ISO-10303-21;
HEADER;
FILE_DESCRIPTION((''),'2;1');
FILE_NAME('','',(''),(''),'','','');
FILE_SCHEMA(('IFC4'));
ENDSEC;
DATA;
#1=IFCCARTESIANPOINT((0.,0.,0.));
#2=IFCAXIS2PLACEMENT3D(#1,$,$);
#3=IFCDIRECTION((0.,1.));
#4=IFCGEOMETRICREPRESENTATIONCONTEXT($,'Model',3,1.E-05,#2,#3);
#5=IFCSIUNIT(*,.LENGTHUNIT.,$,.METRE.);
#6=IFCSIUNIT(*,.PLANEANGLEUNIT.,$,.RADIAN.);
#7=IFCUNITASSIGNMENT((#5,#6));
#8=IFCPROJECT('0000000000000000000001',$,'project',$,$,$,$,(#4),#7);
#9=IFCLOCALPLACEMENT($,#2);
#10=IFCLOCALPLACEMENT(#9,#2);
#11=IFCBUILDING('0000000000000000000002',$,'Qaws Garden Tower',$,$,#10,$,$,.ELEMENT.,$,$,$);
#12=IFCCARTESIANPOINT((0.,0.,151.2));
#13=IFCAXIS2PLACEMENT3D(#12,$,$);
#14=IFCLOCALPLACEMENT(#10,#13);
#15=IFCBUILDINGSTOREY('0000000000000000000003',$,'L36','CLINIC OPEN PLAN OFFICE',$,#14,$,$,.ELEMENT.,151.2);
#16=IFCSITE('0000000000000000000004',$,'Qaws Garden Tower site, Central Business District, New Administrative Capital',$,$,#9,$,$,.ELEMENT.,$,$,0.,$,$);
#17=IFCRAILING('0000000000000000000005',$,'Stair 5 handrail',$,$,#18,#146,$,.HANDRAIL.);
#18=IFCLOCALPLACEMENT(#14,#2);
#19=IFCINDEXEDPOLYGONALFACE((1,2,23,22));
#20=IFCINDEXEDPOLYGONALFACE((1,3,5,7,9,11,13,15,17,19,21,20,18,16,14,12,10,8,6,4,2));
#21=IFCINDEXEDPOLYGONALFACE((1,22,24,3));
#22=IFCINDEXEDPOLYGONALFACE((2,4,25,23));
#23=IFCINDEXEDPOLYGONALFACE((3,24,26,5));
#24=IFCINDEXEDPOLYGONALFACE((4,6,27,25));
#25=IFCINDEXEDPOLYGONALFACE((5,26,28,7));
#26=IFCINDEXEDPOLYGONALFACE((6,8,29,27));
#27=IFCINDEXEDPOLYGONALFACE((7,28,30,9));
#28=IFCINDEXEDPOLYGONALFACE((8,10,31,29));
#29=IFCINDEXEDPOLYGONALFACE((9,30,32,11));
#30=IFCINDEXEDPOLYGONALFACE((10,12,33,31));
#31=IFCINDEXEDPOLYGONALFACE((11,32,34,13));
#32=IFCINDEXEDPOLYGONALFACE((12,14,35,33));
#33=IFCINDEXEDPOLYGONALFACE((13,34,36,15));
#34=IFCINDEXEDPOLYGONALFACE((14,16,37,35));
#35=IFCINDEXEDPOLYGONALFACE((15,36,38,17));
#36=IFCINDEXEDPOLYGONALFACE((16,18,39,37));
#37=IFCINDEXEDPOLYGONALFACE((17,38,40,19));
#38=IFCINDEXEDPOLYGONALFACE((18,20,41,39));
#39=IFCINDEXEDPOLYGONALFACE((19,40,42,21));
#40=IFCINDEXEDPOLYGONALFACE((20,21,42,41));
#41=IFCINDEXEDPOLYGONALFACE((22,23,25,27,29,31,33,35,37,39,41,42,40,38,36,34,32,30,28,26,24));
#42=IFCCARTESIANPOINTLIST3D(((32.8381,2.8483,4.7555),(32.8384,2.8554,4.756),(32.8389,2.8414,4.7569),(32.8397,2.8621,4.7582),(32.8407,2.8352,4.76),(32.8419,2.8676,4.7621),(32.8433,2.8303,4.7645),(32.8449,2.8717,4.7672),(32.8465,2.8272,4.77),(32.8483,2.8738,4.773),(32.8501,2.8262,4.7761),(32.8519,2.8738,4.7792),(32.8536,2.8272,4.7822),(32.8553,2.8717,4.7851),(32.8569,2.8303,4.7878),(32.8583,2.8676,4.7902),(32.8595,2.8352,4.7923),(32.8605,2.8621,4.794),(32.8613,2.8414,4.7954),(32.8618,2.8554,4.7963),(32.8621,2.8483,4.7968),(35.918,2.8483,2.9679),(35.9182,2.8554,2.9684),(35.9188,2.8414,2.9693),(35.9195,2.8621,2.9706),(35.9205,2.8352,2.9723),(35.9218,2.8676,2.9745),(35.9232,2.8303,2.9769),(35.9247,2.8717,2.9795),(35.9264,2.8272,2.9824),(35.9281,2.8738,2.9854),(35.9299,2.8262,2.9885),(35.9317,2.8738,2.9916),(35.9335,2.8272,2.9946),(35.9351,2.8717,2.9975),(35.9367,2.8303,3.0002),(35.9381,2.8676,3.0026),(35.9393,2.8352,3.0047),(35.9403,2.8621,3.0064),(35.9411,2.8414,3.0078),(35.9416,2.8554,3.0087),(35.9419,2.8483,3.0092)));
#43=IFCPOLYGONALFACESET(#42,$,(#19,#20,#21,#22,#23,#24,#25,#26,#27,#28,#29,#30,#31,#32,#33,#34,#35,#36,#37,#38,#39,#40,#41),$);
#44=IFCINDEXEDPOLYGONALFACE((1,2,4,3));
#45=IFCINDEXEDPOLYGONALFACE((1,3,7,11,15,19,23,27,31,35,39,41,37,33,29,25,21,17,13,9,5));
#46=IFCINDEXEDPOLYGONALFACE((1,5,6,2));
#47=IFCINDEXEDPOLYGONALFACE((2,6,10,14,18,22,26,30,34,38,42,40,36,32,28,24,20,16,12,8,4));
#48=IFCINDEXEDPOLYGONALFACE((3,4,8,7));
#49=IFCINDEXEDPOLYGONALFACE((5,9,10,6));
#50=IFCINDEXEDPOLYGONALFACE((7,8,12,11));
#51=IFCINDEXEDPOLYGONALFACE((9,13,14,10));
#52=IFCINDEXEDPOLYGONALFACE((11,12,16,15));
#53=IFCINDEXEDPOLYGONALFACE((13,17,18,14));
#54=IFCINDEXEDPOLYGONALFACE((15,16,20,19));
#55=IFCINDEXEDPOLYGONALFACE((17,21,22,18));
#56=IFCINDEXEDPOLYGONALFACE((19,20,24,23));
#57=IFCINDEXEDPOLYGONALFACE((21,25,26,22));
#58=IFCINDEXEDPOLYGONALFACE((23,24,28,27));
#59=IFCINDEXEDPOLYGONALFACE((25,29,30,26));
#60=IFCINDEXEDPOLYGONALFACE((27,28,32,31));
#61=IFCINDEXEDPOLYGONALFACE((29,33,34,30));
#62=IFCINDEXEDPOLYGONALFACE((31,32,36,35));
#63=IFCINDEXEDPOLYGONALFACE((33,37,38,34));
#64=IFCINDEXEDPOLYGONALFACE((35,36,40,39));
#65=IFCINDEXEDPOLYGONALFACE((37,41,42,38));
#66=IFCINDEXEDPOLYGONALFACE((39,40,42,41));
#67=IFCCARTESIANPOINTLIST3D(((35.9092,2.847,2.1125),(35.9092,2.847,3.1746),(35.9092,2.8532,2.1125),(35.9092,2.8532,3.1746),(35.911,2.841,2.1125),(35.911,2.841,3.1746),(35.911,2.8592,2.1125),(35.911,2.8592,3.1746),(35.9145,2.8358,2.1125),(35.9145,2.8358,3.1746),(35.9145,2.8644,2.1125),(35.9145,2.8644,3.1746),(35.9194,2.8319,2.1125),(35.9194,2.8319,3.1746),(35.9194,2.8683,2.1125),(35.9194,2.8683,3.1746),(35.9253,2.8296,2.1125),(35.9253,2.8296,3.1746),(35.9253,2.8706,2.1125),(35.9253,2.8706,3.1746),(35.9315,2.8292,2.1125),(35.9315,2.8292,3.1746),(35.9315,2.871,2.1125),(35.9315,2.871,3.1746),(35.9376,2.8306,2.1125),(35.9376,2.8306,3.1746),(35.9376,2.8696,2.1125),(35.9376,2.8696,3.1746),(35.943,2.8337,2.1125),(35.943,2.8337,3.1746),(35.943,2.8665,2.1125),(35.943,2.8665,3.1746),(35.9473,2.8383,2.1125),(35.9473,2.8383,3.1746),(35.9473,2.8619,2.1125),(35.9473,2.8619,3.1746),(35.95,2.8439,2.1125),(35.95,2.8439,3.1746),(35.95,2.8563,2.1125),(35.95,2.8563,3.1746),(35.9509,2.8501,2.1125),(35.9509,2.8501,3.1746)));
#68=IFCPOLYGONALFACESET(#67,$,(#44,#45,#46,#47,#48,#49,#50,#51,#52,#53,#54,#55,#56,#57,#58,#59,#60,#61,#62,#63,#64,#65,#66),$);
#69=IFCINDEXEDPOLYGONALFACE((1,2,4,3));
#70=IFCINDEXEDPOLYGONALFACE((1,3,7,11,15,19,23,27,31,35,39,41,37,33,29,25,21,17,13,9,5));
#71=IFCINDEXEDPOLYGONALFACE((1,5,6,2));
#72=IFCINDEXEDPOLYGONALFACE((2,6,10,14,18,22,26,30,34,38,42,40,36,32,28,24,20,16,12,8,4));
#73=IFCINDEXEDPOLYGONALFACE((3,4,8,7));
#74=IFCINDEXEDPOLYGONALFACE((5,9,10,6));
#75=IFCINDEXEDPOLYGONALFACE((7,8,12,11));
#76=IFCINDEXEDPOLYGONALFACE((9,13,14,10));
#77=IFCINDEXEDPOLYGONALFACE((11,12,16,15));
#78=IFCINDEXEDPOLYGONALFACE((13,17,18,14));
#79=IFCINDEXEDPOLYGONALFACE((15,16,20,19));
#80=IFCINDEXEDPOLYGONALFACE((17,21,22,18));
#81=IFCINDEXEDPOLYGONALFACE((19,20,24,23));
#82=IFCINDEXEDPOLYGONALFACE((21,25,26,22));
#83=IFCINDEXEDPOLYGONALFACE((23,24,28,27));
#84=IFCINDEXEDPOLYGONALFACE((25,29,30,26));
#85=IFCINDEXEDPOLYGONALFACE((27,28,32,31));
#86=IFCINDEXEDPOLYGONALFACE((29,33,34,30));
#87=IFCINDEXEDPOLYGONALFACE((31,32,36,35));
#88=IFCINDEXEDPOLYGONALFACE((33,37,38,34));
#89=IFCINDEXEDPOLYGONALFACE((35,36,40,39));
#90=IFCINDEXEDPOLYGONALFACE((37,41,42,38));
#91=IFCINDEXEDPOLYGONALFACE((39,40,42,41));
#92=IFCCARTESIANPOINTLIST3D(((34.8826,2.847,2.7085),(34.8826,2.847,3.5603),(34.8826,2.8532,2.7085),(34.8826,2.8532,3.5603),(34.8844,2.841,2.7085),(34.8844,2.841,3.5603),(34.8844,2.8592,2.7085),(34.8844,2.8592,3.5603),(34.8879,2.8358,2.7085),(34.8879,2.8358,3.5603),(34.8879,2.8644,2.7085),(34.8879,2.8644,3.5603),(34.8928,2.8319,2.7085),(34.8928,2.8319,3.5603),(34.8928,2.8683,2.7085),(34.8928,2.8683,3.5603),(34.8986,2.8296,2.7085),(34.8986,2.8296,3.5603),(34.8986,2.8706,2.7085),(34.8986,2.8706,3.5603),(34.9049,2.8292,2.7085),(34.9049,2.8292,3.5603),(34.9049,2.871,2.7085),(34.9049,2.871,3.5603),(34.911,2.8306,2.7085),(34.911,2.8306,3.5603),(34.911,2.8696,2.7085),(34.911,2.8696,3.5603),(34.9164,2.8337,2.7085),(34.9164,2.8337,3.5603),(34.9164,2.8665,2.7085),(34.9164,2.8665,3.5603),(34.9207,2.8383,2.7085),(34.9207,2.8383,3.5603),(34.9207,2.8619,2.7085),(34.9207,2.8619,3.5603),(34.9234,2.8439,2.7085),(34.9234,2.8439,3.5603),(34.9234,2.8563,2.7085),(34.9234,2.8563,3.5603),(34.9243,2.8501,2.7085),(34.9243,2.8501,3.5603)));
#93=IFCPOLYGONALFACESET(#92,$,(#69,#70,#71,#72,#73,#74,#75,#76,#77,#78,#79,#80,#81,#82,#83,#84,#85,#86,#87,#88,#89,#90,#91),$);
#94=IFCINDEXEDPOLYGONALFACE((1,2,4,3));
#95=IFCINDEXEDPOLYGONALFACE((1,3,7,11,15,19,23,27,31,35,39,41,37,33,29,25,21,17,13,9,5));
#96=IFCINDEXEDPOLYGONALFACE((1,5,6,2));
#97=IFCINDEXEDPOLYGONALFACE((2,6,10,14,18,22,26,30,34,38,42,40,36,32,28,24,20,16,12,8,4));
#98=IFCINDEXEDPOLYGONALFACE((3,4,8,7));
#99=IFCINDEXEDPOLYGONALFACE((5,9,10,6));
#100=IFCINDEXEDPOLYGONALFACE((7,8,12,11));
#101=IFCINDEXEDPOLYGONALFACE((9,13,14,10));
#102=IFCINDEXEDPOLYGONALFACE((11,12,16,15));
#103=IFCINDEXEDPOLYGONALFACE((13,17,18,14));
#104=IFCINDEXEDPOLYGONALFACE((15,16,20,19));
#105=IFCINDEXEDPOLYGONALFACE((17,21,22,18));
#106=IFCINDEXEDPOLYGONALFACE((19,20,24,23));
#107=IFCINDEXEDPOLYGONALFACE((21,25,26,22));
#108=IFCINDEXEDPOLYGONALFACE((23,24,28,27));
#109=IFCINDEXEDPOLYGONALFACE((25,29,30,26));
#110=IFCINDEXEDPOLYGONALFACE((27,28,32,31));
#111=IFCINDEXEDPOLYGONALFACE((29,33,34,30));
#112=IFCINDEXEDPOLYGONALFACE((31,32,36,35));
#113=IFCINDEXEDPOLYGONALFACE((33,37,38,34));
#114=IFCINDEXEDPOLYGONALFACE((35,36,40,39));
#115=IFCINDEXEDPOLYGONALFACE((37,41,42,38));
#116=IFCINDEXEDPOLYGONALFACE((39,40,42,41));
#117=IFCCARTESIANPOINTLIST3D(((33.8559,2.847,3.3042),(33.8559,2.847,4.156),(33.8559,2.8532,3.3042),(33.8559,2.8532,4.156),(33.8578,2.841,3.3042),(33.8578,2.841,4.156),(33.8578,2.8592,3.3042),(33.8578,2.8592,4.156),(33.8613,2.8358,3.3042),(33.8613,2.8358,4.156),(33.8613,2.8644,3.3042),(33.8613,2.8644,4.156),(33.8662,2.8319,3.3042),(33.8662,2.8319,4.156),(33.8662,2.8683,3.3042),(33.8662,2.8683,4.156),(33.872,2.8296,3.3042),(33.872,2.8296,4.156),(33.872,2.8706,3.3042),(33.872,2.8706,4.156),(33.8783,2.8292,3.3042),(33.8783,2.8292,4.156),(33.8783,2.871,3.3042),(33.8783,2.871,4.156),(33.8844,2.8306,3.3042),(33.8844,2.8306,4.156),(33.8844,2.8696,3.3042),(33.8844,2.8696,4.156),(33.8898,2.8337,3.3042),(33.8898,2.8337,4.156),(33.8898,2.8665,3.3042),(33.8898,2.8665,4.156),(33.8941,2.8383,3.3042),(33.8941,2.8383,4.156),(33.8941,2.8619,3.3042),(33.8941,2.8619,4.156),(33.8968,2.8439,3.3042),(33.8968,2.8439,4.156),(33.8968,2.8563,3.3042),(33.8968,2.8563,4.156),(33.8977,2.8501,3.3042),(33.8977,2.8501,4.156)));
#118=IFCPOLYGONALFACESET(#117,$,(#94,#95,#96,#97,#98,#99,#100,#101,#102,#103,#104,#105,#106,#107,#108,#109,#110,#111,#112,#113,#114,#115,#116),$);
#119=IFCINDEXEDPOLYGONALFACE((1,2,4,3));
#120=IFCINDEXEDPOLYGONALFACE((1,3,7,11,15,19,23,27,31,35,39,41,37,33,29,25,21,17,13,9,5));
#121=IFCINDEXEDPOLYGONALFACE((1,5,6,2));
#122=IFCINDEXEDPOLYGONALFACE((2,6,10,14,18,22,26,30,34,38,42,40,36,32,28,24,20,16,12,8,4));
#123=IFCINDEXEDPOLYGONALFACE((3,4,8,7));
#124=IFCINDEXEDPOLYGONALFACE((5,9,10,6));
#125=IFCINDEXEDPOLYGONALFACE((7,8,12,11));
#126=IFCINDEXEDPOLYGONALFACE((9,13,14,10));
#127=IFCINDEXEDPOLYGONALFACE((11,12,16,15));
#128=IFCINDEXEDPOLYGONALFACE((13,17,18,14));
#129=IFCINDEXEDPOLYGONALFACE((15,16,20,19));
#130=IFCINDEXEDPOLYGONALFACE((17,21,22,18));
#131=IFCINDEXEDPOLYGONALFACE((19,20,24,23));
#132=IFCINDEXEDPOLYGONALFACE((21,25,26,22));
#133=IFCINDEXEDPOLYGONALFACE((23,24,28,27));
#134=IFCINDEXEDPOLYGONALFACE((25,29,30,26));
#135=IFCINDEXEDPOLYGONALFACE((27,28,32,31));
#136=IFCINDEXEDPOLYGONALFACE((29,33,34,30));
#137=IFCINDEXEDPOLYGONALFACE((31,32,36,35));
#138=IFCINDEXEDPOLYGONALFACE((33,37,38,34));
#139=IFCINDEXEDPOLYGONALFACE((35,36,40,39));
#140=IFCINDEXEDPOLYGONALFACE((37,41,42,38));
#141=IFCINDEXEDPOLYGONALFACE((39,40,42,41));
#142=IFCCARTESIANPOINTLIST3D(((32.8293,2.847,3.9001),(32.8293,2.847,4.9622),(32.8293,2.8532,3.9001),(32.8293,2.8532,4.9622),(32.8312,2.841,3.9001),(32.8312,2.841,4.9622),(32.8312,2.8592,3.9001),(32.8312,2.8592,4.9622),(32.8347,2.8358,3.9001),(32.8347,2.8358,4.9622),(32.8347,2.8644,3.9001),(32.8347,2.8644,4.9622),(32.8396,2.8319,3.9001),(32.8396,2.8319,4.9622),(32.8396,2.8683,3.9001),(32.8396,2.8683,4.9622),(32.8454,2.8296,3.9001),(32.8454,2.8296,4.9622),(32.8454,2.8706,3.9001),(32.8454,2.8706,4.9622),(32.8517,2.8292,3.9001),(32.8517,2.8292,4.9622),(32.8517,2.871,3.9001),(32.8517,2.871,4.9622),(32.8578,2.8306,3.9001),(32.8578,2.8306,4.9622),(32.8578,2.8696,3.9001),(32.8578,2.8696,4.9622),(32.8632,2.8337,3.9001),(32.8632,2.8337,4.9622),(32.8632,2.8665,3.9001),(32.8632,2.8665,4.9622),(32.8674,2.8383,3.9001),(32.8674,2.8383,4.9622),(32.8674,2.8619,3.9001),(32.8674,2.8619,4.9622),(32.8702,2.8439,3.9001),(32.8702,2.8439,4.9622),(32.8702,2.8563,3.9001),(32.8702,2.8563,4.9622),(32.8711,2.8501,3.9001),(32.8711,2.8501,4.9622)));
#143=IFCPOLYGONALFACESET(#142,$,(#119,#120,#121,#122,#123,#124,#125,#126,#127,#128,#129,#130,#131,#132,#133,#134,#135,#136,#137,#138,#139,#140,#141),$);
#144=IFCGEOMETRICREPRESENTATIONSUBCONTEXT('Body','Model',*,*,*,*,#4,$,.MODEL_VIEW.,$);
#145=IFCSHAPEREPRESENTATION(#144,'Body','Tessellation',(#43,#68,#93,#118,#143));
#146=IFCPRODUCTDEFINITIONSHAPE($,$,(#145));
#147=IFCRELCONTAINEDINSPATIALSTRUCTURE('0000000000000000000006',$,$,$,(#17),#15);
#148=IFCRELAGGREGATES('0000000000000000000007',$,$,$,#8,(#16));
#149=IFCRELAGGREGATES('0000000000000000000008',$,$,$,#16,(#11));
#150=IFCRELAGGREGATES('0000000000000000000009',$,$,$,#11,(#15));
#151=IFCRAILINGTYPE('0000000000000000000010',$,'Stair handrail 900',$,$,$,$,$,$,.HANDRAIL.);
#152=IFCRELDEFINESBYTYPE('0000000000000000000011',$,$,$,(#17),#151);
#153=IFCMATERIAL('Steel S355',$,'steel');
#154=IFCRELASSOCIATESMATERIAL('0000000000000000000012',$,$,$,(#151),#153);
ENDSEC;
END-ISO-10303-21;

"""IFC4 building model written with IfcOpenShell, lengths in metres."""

from ifc_helpers import new_model, si_unit, direction, frame, origin, origin_2d, place, context, subcontext, project, spatial, circle, extrude, material, type_object, element, save


model = new_model("IFC4")

# Units and contexts
model_context = context("Model", 3, precision=1e-05, world=origin(), true_north=direction((0.0, 1.0)))
body_context = subcontext(model_context, "Body", "Model", "MODEL_VIEW")
ifc_project = project(units=[si_unit("LENGTHUNIT", "METRE"), si_unit("PLANEANGLEUNIT", "RADIAN")], contexts=[model_context])

# Site, building, storey
site_placement = place(None, origin())
site = spatial("IfcSite", under=ifc_project, at=site_placement, Name="Qaws Garden Tower site, Central Business District, New Administrative Capital", CompositionType="ELEMENT", RefElevation=0.0)
building_placement = place(site_placement, origin())
building = spatial("IfcBuilding", under=site, at=building_placement, Name="Qaws Garden Tower", CompositionType="ELEMENT")
storey_placement = place(building_placement, frame((0.0, 0.0, 151.2)))
storey = spatial("IfcBuildingStorey", under=building, at=storey_placement, Name="L36", Description="CLINIC OPEN PLAN OFFICE", CompositionType="ELEMENT", Elevation=151.2)

# Railing
ifc_material_1 = material(Name="Steel S355", Category="steel")
railing_type = type_object("IfcRailingType", Name="Stair handrail 900", PredefinedType="HANDRAIL", material=ifc_material_1)
railing_placement = place(storey_placement, frame((35.9299, 2.8501, 2.1125)))
element("IfcRailing", 1, at=railing_placement, inside=storey, type_object=railing_type, Name="Stair 5 handrail", PredefinedType="HANDRAIL", context=body_context, shape_type="SweptSolid", body=[
    extrude(circle(Radius=0.0239, at=origin_2d()), frame((0.0, 0.0, 0.876), z_axis=(-0.864873, 0.0, 0.50199), x_axis=(0.0, -1.0, 0.0)), (0.0, 0.0, 1.0), 3.561),
    extrude(circle(Radius=0.021, at=origin_2d()), origin(), (0.0, 0.0, 1.0), 1.062),
    extrude(circle(Radius=0.021, at=origin_2d()), frame((-1.0266, 0.0, 0.5959)), (0.0, 0.0, 1.0), 0.8518),
    extrude(circle(Radius=0.021, at=origin_2d()), frame((-2.0532, 0.0, 1.1917)), (0.0, 0.0, 1.0), 0.8518),
    extrude(circle(Radius=0.021, at=origin_2d()), frame((-3.0798, 0.0, 1.7876)), (0.0, 0.0, 1.0), 1.062),
])

save(model, "model.ifc")
